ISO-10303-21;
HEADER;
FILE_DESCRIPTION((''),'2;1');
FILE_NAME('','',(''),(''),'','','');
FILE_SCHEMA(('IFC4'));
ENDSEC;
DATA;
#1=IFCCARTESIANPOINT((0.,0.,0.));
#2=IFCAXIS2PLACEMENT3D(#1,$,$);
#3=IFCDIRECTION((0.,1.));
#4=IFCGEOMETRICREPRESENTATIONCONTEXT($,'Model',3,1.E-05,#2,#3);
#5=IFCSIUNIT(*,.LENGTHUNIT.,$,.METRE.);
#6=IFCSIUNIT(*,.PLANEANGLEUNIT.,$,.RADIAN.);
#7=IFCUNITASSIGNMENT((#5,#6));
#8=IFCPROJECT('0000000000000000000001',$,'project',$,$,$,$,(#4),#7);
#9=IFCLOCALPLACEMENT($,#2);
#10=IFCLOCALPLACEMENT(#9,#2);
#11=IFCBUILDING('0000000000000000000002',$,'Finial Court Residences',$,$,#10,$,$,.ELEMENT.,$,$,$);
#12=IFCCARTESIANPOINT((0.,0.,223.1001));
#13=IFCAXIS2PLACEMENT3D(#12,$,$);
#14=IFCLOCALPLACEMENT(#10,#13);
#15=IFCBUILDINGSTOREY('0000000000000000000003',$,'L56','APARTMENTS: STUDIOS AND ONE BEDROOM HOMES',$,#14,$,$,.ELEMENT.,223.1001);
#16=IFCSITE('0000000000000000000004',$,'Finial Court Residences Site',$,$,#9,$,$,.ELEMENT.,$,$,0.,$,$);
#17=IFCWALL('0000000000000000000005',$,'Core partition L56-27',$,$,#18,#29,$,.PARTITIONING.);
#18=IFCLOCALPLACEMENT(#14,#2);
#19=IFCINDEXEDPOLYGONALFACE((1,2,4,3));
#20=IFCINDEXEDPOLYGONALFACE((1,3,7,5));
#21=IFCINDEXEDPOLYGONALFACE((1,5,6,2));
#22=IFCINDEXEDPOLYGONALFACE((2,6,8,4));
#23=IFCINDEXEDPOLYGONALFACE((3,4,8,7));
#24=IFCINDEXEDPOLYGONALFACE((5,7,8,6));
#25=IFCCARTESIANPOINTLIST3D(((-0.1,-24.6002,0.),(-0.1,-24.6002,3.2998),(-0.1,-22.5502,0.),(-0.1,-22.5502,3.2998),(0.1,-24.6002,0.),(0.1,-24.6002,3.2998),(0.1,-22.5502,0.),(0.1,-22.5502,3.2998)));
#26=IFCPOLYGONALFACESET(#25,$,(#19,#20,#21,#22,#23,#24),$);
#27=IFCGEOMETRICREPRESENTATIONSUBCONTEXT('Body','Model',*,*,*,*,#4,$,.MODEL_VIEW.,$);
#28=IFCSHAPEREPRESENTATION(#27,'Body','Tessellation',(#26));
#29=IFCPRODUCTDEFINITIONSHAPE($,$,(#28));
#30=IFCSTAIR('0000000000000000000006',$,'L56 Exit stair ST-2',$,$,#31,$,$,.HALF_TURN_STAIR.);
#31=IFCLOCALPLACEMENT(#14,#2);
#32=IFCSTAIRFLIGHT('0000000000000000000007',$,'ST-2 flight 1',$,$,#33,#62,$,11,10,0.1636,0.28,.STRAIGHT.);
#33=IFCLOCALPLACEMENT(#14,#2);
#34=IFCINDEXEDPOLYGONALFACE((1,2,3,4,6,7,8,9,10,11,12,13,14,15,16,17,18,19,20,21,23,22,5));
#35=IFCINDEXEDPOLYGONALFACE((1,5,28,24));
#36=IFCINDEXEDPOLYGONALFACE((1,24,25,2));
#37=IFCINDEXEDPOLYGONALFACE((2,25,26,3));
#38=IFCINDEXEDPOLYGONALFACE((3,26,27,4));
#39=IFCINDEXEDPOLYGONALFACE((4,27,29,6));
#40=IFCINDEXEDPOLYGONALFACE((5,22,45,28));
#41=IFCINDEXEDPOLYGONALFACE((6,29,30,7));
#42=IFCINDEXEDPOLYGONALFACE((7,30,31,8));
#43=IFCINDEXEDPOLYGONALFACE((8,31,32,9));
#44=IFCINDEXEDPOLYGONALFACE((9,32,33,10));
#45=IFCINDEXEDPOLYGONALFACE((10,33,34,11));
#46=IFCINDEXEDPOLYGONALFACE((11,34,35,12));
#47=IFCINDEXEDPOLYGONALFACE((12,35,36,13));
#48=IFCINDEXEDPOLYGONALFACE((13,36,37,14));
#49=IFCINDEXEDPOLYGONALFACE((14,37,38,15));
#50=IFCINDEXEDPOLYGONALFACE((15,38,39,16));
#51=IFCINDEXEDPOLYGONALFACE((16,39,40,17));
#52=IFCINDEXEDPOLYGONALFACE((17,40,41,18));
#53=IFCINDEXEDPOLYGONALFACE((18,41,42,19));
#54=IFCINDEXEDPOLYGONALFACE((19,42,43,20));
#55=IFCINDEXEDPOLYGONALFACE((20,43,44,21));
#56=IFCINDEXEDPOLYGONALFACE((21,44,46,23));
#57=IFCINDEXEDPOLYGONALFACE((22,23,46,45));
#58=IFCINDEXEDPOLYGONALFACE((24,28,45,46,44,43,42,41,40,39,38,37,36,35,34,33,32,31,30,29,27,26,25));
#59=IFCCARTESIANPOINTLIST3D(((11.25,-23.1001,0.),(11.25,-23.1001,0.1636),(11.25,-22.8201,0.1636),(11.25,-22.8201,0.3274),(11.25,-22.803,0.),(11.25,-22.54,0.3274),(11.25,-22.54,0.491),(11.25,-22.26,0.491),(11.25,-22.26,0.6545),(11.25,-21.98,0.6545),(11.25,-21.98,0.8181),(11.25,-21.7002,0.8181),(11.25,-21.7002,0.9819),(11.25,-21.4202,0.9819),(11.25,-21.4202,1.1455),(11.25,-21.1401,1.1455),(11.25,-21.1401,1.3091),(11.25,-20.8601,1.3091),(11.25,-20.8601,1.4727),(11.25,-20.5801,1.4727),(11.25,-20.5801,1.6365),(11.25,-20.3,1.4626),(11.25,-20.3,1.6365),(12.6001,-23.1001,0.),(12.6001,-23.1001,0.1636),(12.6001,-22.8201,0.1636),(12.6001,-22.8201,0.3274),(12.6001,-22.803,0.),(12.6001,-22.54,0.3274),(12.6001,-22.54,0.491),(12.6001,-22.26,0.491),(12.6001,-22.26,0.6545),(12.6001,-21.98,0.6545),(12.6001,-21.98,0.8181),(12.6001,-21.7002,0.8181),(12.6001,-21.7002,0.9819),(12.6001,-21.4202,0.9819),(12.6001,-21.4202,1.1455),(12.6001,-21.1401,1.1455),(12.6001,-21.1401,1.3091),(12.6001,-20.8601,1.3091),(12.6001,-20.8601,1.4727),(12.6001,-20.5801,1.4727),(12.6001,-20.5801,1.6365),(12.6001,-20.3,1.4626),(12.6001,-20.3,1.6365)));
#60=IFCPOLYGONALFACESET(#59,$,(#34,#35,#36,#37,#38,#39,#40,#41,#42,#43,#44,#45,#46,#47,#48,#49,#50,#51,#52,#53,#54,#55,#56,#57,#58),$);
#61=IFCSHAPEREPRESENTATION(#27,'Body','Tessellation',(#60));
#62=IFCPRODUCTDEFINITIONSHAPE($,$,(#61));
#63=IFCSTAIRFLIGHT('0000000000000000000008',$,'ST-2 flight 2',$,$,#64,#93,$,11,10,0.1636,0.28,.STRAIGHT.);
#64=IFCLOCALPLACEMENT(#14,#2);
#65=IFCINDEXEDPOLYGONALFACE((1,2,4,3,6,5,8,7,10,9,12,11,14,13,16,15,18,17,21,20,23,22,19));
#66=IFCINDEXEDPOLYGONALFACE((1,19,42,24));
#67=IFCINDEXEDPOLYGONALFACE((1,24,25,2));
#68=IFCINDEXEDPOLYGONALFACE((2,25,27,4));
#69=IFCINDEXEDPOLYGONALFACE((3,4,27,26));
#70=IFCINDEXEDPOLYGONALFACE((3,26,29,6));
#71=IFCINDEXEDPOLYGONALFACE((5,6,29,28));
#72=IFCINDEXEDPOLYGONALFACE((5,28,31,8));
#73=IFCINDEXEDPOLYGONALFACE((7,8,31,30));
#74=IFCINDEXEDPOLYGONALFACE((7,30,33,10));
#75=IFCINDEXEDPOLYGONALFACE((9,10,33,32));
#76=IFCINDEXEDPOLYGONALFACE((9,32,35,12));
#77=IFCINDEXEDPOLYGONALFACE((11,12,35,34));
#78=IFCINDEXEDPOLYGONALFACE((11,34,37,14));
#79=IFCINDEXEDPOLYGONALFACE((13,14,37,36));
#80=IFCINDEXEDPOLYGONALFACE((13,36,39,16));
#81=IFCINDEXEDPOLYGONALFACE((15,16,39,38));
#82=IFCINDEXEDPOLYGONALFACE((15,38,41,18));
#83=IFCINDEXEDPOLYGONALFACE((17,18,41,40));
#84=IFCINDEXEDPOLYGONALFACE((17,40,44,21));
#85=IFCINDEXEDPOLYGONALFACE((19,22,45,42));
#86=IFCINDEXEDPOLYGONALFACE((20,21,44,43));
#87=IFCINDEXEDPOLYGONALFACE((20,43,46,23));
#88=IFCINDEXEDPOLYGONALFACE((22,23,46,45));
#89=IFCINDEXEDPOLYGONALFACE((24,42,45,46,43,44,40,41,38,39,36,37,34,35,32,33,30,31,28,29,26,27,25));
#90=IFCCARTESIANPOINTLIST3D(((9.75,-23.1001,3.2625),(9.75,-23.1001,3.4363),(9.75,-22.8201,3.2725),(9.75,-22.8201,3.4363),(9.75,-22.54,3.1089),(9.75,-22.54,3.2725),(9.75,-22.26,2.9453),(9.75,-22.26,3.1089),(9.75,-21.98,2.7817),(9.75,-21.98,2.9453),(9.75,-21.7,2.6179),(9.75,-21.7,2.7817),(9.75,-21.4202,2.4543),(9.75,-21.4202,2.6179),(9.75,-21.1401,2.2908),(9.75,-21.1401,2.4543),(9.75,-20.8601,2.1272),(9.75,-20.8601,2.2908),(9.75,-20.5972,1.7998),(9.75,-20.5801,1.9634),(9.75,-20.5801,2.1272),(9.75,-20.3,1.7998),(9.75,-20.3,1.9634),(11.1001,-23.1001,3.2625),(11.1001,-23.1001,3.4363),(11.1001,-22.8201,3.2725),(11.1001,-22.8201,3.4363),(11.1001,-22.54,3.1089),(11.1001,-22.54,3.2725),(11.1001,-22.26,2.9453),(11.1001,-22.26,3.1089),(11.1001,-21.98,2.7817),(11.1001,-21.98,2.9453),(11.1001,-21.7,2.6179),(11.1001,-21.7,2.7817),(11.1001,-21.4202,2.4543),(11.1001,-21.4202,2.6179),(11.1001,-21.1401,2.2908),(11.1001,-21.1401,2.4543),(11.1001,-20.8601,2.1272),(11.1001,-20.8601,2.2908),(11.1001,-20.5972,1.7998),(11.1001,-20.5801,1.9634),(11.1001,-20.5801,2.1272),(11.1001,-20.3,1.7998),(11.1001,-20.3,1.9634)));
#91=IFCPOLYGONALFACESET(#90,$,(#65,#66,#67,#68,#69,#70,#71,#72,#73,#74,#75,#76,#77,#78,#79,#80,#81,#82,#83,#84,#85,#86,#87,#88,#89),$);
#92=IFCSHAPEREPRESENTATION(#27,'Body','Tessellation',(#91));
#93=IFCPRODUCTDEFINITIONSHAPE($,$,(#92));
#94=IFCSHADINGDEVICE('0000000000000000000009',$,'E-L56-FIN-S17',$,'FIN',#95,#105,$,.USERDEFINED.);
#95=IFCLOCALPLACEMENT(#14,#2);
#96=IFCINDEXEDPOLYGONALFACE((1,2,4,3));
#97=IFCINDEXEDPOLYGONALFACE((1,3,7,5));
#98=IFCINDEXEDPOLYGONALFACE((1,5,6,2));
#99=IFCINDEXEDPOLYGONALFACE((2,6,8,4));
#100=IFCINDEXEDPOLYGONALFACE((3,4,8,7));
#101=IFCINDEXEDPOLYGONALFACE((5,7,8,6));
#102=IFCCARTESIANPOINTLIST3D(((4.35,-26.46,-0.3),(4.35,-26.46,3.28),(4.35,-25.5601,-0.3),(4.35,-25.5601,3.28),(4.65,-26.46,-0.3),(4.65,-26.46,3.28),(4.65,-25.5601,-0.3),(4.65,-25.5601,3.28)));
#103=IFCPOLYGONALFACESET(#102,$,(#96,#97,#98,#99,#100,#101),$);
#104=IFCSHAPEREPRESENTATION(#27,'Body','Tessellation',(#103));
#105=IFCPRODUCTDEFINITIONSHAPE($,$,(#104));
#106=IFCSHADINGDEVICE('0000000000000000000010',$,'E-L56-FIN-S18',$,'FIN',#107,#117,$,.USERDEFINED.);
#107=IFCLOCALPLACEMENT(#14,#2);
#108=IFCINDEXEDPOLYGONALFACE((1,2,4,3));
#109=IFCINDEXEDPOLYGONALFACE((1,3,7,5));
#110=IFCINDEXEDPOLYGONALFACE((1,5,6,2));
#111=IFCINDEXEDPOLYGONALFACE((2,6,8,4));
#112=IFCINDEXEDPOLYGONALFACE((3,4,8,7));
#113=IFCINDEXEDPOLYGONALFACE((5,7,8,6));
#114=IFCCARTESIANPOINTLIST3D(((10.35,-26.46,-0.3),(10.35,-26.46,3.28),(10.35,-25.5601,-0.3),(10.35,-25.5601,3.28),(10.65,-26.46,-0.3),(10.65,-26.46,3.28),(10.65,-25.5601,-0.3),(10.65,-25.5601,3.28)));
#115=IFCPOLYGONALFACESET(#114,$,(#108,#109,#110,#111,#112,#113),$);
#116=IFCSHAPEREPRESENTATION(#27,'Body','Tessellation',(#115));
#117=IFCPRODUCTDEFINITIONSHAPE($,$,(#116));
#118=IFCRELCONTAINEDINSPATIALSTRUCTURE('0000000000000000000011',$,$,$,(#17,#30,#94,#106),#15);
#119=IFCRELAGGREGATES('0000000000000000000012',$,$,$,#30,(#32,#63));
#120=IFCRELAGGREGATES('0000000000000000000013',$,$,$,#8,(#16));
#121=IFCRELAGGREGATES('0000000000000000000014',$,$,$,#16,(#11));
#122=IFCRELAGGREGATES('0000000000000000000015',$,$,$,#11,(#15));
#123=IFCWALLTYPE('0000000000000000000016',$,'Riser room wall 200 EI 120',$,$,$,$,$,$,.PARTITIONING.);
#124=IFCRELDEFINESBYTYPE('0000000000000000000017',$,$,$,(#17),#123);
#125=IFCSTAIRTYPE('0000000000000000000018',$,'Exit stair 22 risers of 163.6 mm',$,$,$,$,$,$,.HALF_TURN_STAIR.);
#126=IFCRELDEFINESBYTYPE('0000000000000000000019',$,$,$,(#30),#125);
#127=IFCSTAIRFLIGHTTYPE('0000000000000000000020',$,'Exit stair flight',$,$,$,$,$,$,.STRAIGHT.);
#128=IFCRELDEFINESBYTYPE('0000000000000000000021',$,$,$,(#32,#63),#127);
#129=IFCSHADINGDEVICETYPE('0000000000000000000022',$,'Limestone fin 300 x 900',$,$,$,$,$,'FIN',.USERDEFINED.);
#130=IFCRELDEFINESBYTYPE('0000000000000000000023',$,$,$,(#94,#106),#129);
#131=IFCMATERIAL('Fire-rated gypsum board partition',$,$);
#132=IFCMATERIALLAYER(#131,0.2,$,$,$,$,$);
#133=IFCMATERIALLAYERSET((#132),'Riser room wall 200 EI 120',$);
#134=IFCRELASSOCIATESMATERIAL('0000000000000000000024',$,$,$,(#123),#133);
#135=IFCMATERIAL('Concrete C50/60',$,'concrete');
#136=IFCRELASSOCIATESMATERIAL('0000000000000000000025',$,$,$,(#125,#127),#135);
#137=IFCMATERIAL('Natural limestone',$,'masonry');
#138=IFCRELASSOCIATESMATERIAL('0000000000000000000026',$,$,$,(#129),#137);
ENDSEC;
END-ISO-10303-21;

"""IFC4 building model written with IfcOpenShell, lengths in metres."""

from ifc_helpers import new_model, si_unit, direction, frame, frame_2d, origin, origin_2d, place, context, subcontext, project, spatial, polyline, rectangle, outline, extrude, material, layer, layer_set, type_object, element, aggregate, save


model = new_model("IFC4")

# Units and contexts
model_context = context("Model", 3, precision=1e-05, world=origin(), true_north=direction((0.0, 1.0)))
body_context = subcontext(model_context, "Body", "Model", "MODEL_VIEW")
ifc_project = project(units=[si_unit("LENGTHUNIT", "METRE"), si_unit("PLANEANGLEUNIT", "RADIAN")], contexts=[model_context])

# Site, building, storey
site_placement = place(None, origin())
site = spatial("IfcSite", under=ifc_project, at=site_placement, Name="Finial Court Residences Site", CompositionType="ELEMENT", RefElevation=0.0)
building_placement = place(site_placement, origin())
building = spatial("IfcBuilding", under=site, at=building_placement, Name="Finial Court Residences", CompositionType="ELEMENT")
storey_placement = place(building_placement, frame((0.0, 0.0, 223.1001)))
storey = spatial("IfcBuildingStorey", under=building, at=storey_placement, Name="L56", Description="APARTMENTS: STUDIOS AND ONE BEDROOM HOMES", CompositionType="ELEMENT", Elevation=223.1001)

# Shared definitions
ifc_material_1 = material(Name="Fire-rated gypsum board partition")

# Wall
ifc_layer_1 = layer(ifc_material_1, 0.2)
ifc_layer_set_1 = layer_set([ifc_layer_1], Name="Riser room wall 200 EI 120")
wall_type_1 = type_object("IfcWallType", Name="Riser room wall 200 EI 120", PredefinedType="PARTITIONING", material=ifc_layer_set_1)
wall_1_placement = place(storey_placement, frame((0.0, -24.6001, 0.0), z_axis=(0.0, 0.0, 1.0), x_axis=(0.0, 1.0, 0.0)))
element("IfcWall", 1, at=wall_1_placement, inside=storey, type_object=wall_type_1, Name="Core partition L56-27", PredefinedType="PARTITIONING", context=body_context, shape_type="SweptSolid", body=[
    extrude(rectangle(XDim=2.05, YDim=0.2, at=frame_2d((1.0249, 0.0))), origin(), (0.0, 0.0, 1.0), 3.2998),
])

# Stair, stair flights
ifc_material_2 = material(Name="Concrete C50/60", Category="concrete")
stair_type = type_object("IfcStairType", Name="Exit stair 22 risers of 163.6 mm", PredefinedType="HALF_TURN_STAIR", material=ifc_material_2)
stair_placement = place(storey_placement, origin())
stair = element("IfcStair", 2, at=stair_placement, inside=storey, type_object=stair_type, Name="L56 Exit stair ST-2", PredefinedType="HALF_TURN_STAIR")
stair_flight_type = type_object("IfcStairFlightType", Name="Exit stair flight", PredefinedType="STRAIGHT", material=ifc_material_2)
stair_flight_1_placement = place(storey_placement, frame((11.925, -23.1001, 0.0), z_axis=(0.0, 0.0, 1.0), x_axis=(0.0, 1.0, 0.0)))
stair_flight_1 = element("IfcStairFlight", 3, at=stair_flight_1_placement, type_object=stair_flight_type, Name="ST-2 flight 1", NumberOfRisers=11, NumberOfTreads=10, PredefinedType="STRAIGHT", RiserHeight=0.1636, TreadLength=0.28, context=body_context, shape_type="SweptSolid", body=[
    extrude(outline(polyline([(0.0, 0.0), (0.0, 0.1636), (0.28, 0.1636), (0.28, 0.3274), (0.5601, 0.3274), (0.5601, 0.491), (0.8401, 0.491), (0.8401, 0.6545), (1.1201, 0.6545), (1.1201, 0.8181), (1.3999, 0.8181), (1.3999, 0.9819), (1.6799, 0.9819), (1.6799, 1.1455), (1.96, 1.1455), (1.96, 1.3091), (2.24, 1.3091), (2.24, 1.4727), (2.52, 1.4727), (2.52, 1.6365), (2.8, 1.6365), (2.8, 1.8), (2.8, 1.4626), (0.2971, 0.0), (0.0, 0.0)])), frame((0.0, 0.675, 0.0), z_axis=(0.0, -1.0, 0.0), x_axis=(1.0, 0.0, 0.0)), (0.0, 0.0, 1.0), 1.3501),
])
stair_flight_2_placement = place(storey_placement, frame((10.425, -20.3, 1.7998), z_axis=(0.0, 0.0, 1.0), x_axis=(0.0, -1.0, 0.0)))
stair_flight_2 = element("IfcStairFlight", 4, at=stair_flight_2_placement, type_object=stair_flight_type, Name="ST-2 flight 2", NumberOfRisers=11, NumberOfTreads=10, PredefinedType="STRAIGHT", RiserHeight=0.1636, TreadLength=0.28, context=body_context, shape_type="SweptSolid", body=[
    extrude(outline(polyline([(0.0, 0.0), (0.0, 0.1636), (0.28, 0.1636), (0.28, 0.3274), (0.5601, 0.3274), (0.5601, 0.491), (0.8401, 0.491), (0.8401, 0.6545), (1.1201, 0.6545), (1.1201, 0.8181), (1.3999, 0.8181), (1.3999, 0.9819), (1.6799, 0.9819), (1.6799, 1.1455), (1.96, 1.1455), (1.96, 1.3091), (2.24, 1.3091), (2.24, 1.4727), (2.52, 1.4727), (2.52, 1.6365), (2.8, 1.6365), (2.8, 1.8), (2.8, 1.4626), (0.2971, 0.0), (0.0, 0.0)])), frame((0.0, 0.675, 0.0), z_axis=(0.0, -1.0, 0.0), x_axis=(1.0, 0.0, 0.0)), (0.0, 0.0, 1.0), 1.3501),
])
aggregate(stair, [stair_flight_1, stair_flight_2])

# Shading devices
ifc_material_3 = material(Name="Natural limestone", Category="masonry")
shading_device_type = type_object("IfcShadingDeviceType", Name="Limestone fin 300 x 900", ElementType="FIN", PredefinedType="USERDEFINED", material=ifc_material_3)
for number, where, z_axis, x_axis, name in (
    (5, (4.5, -26.01, -0.3), (0.0, 0.0, 1.0), (1.0, 0.0, 0.0), "E-L56-FIN-S17"),
    (6, (10.5, -26.01, -0.3), (0.0, 0.0, 1.0), (1.0, 0.0, 0.0), "E-L56-FIN-S18"),
):
    element("IfcShadingDevice", number, at=place(storey_placement, frame(where, z_axis=z_axis, x_axis=x_axis)), inside=storey, type_object=shading_device_type, Name=name, ObjectType="FIN", PredefinedType="USERDEFINED", context=body_context, shape_type="SweptSolid", body=[
        extrude(rectangle(XDim=0.3, YDim=0.8999, at=origin_2d()), origin(), (0.0, 0.0, 1.0), 3.5801),
    ])

save(model, "model.ifc")
